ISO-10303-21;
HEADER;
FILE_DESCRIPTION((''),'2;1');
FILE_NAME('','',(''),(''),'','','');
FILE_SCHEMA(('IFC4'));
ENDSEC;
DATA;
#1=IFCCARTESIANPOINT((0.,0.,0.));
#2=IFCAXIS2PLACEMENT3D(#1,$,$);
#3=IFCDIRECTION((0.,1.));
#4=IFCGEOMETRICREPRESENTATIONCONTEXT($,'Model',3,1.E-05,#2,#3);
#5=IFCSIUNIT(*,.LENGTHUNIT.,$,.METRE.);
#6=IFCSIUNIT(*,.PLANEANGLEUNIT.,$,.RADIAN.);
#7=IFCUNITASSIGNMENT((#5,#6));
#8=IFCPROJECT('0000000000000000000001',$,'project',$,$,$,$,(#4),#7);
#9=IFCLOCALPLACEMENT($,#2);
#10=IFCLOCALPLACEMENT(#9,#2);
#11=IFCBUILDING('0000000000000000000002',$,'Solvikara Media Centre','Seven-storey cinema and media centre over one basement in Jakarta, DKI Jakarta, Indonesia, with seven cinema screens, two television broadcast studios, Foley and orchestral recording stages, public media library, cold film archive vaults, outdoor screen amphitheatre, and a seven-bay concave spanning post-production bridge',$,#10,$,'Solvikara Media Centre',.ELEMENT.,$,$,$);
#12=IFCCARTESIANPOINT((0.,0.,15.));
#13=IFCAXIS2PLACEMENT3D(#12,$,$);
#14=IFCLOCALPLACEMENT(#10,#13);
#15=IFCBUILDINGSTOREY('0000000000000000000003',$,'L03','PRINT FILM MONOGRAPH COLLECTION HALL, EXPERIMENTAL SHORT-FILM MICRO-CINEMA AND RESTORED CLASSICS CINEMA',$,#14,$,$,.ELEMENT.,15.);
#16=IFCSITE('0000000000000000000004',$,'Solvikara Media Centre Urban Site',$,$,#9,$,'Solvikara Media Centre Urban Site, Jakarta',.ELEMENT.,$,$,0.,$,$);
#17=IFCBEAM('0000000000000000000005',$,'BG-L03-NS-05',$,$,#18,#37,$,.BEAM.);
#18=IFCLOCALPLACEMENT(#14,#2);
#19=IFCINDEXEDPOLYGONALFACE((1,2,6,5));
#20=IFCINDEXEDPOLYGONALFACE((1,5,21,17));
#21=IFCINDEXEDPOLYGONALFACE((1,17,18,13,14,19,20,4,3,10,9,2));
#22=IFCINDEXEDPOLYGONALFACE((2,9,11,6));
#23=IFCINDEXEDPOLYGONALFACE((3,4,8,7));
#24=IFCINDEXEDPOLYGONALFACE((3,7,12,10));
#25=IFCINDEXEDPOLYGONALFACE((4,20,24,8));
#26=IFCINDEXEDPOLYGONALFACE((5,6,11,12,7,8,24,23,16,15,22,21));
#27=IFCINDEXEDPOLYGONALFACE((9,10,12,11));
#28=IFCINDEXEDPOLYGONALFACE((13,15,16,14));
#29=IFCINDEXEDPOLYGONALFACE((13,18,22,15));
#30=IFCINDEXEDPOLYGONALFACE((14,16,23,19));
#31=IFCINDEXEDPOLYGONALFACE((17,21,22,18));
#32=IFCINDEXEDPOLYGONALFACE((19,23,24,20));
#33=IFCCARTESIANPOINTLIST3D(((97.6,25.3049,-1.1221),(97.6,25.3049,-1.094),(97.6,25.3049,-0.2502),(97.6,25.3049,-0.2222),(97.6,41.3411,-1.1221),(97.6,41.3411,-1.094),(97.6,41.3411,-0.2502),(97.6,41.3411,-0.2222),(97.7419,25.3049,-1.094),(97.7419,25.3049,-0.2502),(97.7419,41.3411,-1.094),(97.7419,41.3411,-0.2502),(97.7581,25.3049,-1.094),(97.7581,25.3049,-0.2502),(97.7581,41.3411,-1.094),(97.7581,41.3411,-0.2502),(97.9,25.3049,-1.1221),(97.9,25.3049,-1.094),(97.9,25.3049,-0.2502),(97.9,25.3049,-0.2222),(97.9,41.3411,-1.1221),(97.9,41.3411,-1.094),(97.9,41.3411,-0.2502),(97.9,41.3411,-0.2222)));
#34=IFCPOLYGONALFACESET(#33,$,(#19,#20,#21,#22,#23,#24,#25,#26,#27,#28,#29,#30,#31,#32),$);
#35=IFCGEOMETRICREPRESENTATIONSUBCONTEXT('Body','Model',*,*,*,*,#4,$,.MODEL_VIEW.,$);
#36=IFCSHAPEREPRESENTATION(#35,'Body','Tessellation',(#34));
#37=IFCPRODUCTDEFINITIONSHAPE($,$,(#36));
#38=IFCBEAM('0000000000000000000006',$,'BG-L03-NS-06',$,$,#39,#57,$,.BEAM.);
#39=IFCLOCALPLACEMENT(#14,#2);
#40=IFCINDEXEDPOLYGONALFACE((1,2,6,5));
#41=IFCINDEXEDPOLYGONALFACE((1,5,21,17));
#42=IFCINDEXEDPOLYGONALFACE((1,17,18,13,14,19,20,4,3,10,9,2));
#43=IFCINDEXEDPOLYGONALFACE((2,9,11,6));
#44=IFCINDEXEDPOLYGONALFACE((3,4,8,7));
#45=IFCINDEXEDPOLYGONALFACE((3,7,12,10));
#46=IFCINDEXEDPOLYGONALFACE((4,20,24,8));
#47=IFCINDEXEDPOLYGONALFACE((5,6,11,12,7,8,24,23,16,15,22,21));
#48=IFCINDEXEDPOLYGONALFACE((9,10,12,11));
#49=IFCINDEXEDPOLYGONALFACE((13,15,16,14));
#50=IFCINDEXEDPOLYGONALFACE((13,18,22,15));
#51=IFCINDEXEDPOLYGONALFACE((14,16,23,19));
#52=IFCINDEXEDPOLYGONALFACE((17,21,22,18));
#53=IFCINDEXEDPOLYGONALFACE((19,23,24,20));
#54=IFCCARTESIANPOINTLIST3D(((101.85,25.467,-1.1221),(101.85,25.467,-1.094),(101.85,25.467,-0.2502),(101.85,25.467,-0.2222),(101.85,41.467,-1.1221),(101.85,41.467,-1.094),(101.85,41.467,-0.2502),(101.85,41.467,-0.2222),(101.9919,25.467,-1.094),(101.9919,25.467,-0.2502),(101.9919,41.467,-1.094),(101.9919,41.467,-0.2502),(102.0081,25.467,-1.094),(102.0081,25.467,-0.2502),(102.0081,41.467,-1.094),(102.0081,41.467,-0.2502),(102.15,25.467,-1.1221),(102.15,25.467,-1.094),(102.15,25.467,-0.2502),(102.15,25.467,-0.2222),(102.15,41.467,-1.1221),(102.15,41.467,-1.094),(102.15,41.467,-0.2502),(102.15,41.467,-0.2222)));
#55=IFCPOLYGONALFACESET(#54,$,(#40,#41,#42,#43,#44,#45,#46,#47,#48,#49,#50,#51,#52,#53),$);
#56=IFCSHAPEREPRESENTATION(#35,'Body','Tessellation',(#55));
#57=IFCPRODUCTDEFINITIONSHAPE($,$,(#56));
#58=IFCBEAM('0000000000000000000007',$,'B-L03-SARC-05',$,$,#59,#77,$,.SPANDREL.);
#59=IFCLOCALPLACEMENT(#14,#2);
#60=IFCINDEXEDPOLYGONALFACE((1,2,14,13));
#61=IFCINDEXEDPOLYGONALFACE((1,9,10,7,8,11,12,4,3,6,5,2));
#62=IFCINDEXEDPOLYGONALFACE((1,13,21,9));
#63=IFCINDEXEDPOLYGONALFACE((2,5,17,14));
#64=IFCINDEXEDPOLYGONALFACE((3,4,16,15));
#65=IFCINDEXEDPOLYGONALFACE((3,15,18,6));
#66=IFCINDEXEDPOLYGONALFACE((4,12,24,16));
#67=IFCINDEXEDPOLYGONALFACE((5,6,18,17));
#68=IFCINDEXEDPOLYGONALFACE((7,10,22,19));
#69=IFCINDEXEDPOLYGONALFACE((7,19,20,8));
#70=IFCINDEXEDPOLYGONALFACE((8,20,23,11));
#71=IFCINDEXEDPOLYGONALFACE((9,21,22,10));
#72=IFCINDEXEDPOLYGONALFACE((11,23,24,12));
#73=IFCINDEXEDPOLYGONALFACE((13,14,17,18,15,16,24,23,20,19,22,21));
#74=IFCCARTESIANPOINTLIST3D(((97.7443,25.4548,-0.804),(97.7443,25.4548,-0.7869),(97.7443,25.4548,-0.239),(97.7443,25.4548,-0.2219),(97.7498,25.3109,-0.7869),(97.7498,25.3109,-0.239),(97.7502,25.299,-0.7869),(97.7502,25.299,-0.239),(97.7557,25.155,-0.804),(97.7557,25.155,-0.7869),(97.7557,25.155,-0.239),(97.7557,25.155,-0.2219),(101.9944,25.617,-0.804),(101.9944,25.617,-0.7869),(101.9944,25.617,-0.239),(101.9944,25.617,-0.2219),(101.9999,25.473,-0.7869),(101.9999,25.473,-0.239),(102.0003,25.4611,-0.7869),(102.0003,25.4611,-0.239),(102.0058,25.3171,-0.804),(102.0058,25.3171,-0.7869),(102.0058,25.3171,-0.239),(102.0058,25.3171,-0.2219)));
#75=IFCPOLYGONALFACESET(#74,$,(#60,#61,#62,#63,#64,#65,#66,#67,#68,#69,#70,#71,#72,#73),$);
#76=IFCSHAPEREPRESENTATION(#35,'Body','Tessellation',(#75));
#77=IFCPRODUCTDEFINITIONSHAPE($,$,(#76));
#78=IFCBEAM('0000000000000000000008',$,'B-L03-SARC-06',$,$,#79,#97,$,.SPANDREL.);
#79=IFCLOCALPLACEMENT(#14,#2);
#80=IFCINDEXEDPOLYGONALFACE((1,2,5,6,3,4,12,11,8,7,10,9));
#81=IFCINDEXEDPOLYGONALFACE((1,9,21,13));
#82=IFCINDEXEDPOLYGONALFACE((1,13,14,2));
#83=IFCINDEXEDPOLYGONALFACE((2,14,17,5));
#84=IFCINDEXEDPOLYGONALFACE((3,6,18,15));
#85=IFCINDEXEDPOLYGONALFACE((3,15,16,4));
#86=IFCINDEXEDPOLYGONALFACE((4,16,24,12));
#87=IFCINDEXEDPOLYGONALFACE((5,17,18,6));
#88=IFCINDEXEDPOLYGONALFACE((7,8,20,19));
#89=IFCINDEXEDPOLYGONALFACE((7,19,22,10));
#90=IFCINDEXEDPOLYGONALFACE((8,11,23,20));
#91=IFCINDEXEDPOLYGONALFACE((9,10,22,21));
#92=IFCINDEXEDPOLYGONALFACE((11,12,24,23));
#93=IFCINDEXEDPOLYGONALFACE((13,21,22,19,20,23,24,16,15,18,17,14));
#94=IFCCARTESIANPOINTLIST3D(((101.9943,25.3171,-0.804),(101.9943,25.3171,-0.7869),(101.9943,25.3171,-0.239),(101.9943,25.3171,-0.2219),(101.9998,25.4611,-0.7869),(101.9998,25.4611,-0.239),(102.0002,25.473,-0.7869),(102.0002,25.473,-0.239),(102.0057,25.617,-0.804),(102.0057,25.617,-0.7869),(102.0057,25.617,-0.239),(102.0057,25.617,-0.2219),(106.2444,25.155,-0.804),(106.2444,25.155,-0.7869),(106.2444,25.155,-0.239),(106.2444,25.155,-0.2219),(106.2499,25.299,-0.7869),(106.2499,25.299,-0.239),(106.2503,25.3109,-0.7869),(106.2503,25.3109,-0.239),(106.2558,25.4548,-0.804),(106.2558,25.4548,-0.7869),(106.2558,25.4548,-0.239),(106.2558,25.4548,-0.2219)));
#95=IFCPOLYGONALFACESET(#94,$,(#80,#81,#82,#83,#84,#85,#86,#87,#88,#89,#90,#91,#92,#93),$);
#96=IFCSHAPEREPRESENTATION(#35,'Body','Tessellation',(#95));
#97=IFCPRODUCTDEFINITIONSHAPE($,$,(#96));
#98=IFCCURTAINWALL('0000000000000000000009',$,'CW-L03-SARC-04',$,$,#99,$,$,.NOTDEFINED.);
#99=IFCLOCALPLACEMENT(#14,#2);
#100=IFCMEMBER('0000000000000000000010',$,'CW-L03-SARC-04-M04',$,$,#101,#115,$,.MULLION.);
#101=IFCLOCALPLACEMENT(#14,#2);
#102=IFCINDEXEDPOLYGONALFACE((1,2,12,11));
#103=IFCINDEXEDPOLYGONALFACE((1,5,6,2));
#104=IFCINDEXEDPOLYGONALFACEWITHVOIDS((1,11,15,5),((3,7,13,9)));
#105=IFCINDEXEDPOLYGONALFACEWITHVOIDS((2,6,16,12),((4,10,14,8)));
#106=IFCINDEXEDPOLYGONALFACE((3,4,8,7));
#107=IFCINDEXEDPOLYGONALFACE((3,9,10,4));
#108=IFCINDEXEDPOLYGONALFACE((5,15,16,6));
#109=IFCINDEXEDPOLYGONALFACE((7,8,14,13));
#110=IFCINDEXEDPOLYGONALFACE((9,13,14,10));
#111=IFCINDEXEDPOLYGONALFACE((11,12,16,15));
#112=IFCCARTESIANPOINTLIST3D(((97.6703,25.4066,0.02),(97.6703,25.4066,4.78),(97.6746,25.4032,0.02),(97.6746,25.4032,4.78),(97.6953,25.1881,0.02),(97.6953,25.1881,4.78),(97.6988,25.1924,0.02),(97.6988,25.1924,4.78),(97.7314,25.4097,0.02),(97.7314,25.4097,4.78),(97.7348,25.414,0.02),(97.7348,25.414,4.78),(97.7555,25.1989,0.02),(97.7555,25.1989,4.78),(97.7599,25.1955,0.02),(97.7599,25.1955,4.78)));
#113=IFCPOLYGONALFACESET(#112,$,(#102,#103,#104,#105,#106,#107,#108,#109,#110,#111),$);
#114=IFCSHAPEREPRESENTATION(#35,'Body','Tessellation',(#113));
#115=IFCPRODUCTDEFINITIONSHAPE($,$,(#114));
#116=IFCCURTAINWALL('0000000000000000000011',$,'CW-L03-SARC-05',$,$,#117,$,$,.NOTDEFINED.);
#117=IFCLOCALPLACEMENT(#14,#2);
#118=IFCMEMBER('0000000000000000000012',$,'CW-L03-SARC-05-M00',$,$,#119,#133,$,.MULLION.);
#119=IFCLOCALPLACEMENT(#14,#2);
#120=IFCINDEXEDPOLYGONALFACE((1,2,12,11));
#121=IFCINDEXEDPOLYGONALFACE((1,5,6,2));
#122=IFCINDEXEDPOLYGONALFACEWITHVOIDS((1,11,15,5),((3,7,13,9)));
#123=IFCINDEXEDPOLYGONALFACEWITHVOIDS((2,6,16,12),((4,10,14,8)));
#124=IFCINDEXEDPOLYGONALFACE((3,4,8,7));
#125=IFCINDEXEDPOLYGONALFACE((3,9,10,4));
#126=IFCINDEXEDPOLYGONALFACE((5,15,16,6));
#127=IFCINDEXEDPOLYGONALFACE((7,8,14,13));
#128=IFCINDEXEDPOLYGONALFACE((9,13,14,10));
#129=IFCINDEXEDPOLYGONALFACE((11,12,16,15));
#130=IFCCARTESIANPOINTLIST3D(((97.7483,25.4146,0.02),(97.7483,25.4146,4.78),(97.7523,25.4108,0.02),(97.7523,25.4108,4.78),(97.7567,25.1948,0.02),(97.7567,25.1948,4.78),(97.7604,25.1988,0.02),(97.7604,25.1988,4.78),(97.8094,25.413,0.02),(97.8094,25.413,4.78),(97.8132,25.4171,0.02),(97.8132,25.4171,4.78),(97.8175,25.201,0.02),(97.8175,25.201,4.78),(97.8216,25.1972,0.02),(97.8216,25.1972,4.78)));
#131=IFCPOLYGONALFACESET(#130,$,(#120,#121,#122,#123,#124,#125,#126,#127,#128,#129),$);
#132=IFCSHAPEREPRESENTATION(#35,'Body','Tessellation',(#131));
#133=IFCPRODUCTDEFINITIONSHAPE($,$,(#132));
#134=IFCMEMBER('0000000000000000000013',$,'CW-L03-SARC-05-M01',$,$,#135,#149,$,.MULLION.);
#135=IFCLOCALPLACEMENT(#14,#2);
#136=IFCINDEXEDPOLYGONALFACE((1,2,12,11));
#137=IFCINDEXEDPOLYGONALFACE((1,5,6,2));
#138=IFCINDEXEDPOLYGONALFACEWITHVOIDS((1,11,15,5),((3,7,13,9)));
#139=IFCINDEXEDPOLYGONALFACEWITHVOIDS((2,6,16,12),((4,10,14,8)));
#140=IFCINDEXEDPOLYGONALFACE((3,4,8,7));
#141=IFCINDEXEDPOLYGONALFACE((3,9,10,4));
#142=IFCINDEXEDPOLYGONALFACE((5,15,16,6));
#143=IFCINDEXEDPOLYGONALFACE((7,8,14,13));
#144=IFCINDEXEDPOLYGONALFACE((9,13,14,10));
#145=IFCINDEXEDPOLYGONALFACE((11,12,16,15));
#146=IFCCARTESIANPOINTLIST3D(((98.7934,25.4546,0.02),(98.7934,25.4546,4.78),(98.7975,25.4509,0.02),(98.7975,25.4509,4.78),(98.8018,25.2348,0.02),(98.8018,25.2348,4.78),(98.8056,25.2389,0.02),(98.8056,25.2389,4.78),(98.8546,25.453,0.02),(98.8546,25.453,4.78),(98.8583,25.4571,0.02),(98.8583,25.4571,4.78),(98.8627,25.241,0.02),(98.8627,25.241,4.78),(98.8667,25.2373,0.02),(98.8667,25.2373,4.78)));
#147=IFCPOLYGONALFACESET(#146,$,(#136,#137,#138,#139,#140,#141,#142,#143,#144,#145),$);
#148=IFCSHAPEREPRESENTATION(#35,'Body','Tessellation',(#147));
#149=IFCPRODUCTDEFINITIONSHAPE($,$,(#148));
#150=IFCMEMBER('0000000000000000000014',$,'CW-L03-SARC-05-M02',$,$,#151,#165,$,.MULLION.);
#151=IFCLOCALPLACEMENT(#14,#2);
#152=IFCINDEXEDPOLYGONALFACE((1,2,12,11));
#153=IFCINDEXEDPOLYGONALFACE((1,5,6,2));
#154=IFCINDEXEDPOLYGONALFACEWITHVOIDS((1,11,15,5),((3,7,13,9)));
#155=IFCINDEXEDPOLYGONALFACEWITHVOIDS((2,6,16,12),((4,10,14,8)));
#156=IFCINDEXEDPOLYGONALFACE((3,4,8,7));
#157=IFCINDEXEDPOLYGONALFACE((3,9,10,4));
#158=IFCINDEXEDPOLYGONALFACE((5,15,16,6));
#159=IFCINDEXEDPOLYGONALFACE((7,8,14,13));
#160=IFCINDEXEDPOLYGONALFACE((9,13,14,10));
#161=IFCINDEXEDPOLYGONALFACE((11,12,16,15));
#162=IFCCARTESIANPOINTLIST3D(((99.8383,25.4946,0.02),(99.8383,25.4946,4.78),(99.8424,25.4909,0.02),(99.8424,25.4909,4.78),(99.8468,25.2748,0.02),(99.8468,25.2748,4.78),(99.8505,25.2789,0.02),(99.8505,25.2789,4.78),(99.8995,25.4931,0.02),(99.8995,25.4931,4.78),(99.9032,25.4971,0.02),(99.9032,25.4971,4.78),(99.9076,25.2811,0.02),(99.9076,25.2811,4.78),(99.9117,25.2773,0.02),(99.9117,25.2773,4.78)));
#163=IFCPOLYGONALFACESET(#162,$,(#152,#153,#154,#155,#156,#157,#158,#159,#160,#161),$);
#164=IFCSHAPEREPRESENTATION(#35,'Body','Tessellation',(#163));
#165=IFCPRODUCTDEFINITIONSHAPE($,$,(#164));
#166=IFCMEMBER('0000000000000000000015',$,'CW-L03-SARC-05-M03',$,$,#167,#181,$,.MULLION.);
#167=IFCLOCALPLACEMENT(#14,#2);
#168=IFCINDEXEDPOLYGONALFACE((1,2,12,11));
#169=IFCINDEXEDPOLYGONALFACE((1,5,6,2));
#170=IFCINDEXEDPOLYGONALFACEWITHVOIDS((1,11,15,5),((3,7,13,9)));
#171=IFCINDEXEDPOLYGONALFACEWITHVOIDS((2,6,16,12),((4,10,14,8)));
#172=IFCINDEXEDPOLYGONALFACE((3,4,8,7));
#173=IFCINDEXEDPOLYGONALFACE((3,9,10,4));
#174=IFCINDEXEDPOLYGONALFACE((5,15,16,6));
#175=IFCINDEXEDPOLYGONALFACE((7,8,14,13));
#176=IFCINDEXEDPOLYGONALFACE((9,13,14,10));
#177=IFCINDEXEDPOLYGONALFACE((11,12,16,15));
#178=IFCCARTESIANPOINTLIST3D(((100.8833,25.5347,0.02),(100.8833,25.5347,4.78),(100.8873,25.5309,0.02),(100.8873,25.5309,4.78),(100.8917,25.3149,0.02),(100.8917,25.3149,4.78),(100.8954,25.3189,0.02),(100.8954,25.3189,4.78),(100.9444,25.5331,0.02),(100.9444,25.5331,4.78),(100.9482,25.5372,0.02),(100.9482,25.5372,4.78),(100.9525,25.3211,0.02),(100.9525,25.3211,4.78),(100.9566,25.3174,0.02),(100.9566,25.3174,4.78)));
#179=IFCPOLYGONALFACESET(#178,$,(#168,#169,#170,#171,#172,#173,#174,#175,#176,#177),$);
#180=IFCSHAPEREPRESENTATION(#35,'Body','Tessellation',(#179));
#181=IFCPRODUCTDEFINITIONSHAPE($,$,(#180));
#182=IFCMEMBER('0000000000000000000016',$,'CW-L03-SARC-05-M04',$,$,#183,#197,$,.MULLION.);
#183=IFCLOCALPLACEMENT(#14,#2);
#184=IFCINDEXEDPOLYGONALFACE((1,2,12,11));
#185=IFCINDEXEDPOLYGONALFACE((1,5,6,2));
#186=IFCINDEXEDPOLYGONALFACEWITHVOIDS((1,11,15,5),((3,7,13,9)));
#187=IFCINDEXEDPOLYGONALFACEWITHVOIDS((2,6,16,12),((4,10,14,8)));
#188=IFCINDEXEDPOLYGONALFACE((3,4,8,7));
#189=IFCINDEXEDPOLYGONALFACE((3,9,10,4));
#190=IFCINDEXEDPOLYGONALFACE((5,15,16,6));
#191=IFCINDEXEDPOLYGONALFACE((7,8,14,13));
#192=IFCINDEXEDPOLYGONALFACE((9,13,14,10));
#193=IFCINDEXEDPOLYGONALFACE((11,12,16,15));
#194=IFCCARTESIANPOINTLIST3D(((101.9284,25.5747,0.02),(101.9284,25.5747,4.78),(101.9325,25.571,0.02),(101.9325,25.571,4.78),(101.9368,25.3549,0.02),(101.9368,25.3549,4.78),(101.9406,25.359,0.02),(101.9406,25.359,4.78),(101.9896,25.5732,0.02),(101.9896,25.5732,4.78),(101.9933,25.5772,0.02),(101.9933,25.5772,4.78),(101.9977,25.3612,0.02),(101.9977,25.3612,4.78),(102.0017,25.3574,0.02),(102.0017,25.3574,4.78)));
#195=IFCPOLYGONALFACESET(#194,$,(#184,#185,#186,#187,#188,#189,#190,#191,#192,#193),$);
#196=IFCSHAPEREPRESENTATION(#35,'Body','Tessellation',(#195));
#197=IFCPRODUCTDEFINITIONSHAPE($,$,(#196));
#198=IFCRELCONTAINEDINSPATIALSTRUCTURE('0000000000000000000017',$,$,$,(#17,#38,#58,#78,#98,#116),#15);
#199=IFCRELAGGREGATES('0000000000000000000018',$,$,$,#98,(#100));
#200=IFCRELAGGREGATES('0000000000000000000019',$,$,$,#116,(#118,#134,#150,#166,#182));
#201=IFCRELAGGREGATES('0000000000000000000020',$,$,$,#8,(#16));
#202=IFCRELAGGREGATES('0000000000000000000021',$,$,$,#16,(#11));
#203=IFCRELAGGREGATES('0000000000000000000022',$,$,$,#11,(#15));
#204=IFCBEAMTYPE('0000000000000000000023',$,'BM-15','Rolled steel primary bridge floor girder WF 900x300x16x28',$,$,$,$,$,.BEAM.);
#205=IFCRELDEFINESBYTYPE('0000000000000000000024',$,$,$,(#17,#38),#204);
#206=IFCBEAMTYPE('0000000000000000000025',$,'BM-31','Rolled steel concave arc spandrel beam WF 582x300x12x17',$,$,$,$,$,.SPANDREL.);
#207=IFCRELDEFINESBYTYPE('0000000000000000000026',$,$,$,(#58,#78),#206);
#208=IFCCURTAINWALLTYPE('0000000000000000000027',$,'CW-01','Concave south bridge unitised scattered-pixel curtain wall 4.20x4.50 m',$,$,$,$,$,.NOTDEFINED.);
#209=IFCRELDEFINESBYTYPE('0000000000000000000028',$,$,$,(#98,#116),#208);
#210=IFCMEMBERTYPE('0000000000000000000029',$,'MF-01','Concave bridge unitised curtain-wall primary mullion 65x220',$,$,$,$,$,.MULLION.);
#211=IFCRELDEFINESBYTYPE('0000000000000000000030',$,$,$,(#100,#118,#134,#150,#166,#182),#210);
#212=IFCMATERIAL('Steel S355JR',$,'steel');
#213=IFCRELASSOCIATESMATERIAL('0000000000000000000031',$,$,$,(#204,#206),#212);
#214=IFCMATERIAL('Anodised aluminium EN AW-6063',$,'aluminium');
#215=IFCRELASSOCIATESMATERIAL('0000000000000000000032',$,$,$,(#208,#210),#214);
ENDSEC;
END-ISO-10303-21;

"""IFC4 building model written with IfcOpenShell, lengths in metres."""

from ifc_helpers import new_model, si_unit, direction, frame, origin, origin_2d, place, context, subcontext, project, spatial, hollow_rectangle, i_section, extrude, material, material_profile, profile_set, type_object, element, aggregate, save


model = new_model("IFC4")

# Units and contexts
model_context = context("Model", 3, precision=1e-05, world=origin(), true_north=direction((0.0, 1.0)))
body_context = subcontext(model_context, "Body", "Model", "MODEL_VIEW")
ifc_project = project(units=[si_unit("LENGTHUNIT", "METRE"), si_unit("PLANEANGLEUNIT", "RADIAN")], contexts=[model_context])

# Site, building, storey
site_placement = place(None, origin())
site = spatial("IfcSite", under=ifc_project, at=site_placement, Name="Solvikara Media Centre Urban Site", LongName="Solvikara Media Centre Urban Site, Jakarta", CompositionType="ELEMENT", RefElevation=0.0)
building_placement = place(site_placement, origin())
building = spatial("IfcBuilding", under=site, at=building_placement, Name="Solvikara Media Centre", Description="Seven-storey cinema and media centre over one basement in Jakarta, DKI Jakarta, Indonesia, with seven cinema screens, two television broadcast studios, Foley and orchestral recording stages, public media library, cold film archive vaults, outdoor screen amphitheatre, and a seven-bay concave spanning post-production bridge", LongName="Solvikara Media Centre", CompositionType="ELEMENT")
storey_placement = place(building_placement, frame((0.0, 0.0, 15.0)))
storey = spatial("IfcBuildingStorey", under=building, at=storey_placement, Name="L03", Description="PRINT FILM MONOGRAPH COLLECTION HALL, EXPERIMENTAL SHORT-FILM MICRO-CINEMA AND RESTORED CLASSICS CINEMA", CompositionType="ELEMENT", Elevation=15.0)

# Beams
ifc_material_1 = material(Name="Steel S355JR", Category="steel")
ifc_material_profile_1 = material_profile(ifc_material_1, i_section(OverallWidth=0.3, OverallDepth=0.8999, WebThickness=0.0161, FlangeThickness=0.0281, at=origin_2d()), Name="WF 900x300x16x28")
ifc_profile_set_1 = profile_set([ifc_material_profile_1], Name="Steel S355JR")
beam_type_1 = type_object("IfcBeamType", Name="BM-15", Description="Rolled steel primary bridge floor girder WF 900x300x16x28", PredefinedType="BEAM", material=ifc_profile_set_1)
beam_1_placement = place(storey_placement, frame((97.75, 25.3049, -0.6721), z_axis=(0.0, 1.0, 0.0), x_axis=(-1.0, 0.0, 0.0)))
element("IfcBeam", 1, at=beam_1_placement, inside=storey, type_object=beam_type_1, Name="BG-L03-NS-05", PredefinedType="BEAM", context=body_context, shape_type="SweptSolid", body=[
    extrude(i_section(OverallWidth=0.3, OverallDepth=0.8999, WebThickness=0.0161, FlangeThickness=0.0281, at=origin_2d()), origin(), (0.0, 0.0, 1.0), 16.0361),
])
beam_2_placement = place(storey_placement, frame((102.0, 25.467, -0.6721), z_axis=(0.0, 1.0, 0.0), x_axis=(-1.0, 0.0, 0.0)))
element("IfcBeam", 2, at=beam_2_placement, inside=storey, type_object=beam_type_1, Name="BG-L03-NS-06", PredefinedType="BEAM", context=body_context, shape_type="SweptSolid", body=[
    extrude(i_section(OverallWidth=0.3, OverallDepth=0.8999, WebThickness=0.0161, FlangeThickness=0.0281, at=origin_2d()), origin(), (0.0, 0.0, 1.0), 16.0),
])
ifc_material_profile_2 = material_profile(ifc_material_1, i_section(OverallWidth=0.3, OverallDepth=0.582, WebThickness=0.012, FlangeThickness=0.0171, at=origin_2d()), Name="WF 582x300x12x17")
ifc_profile_set_2 = profile_set([ifc_material_profile_2], Name="Steel S355JR")
beam_type_2 = type_object("IfcBeamType", Name="BM-31", Description="Rolled steel concave arc spandrel beam WF 582x300x12x17", PredefinedType="SPANDREL", material=ifc_profile_set_2)
for number, where, z_axis, x_axis, name in (
    (3, (97.75, 25.3049, -0.5129), (0.999273, 0.038116, 0.0), (-0.038116, 0.999273, 0.0), "B-L03-SARC-05"),
    (4, (102.0, 25.467, -0.5129), (0.999273, -0.038116, 0.0), (0.038116, 0.999273, 0.0), "B-L03-SARC-06"),
):
    element("IfcBeam", number, at=place(storey_placement, frame(where, z_axis=z_axis, x_axis=x_axis)), inside=storey, type_object=beam_type_2, Name=name, PredefinedType="SPANDREL", context=body_context, shape_type="SweptSolid", body=[
        extrude(i_section(OverallWidth=0.3, OverallDepth=0.582, WebThickness=0.012, FlangeThickness=0.0171, at=origin_2d()), origin(), (0.0, 0.0, 1.0), 4.2532),
    ])

# Curtain wall, member
ifc_material_2 = material(Name="Anodised aluminium EN AW-6063", Category="aluminium")
curtain_wall_type = type_object("IfcCurtainWallType", Name="CW-01", Description="Concave south bridge unitised scattered-pixel curtain wall 4.20x4.50 m", PredefinedType="NOTDEFINED", material=ifc_material_2)
curtain_wall_1_placement = place(storey_placement, origin())
curtain_wall_1 = element("IfcCurtainWall", 5, at=curtain_wall_1_placement, inside=storey, type_object=curtain_wall_type, Name="CW-L03-SARC-04", PredefinedType="NOTDEFINED")
ifc_material_profile_3 = material_profile(ifc_material_2, hollow_rectangle(XDim=0.0649, YDim=0.22, WallThickness=0.0039, at=origin_2d()), Name="ALU-M 65x220x4")
ifc_profile_set_3 = profile_set([ifc_material_profile_3], Name="Anodised aluminium EN AW-6063")
member_type_1 = type_object("IfcMemberType", Name="MF-01", Description="Concave bridge unitised curtain-wall primary mullion 65x220", PredefinedType="MULLION", material=ifc_profile_set_3)
member_1_placement = place(storey_placement, frame((97.7151, 25.301, 0.02), z_axis=(0.0, 0.0, 1.0), x_axis=(0.993499, 0.113845, 0.0)))
member_1 = element("IfcMember", 6, at=member_1_placement, type_object=member_type_1, Name="CW-L03-SARC-04-M04", PredefinedType="MULLION", context=body_context, shape_type="SweptSolid", body=[
    extrude(hollow_rectangle(XDim=0.0649, YDim=0.22, WallThickness=0.0039, at=origin_2d()), origin(), (0.0, 0.0, 1.0), 4.76),
])

# Curtain wall, members
curtain_wall_2_placement = place(storey_placement, origin())
curtain_wall_2 = element("IfcCurtainWall", 7, at=curtain_wall_2_placement, inside=storey, type_object=curtain_wall_type, Name="CW-L03-SARC-05", PredefinedType="NOTDEFINED")
member_2_placement = place(storey_placement, frame((97.7849, 25.3059, 0.02), z_axis=(0.0, 0.0, 1.0), x_axis=(0.999268, 0.038248, 0.0)))
member_2 = element("IfcMember", 8, at=member_2_placement, type_object=member_type_1, Name="CW-L03-SARC-05-M00", PredefinedType="MULLION", context=body_context, shape_type="SweptSolid", body=[
    extrude(hollow_rectangle(XDim=0.0649, YDim=0.22, WallThickness=0.0039, at=origin_2d()), origin(), (0.0, 0.0, 1.0), 4.76),
])
member_3_placement = place(storey_placement, frame((98.8301, 25.3459, 0.02), z_axis=(0.0, 0.0, 1.0), x_axis=(0.999268, 0.038248, 0.0)))
member_3 = element("IfcMember", 9, at=member_3_placement, type_object=member_type_1, Name="CW-L03-SARC-05-M01", PredefinedType="MULLION", context=body_context, shape_type="SweptSolid", body=[
    extrude(hollow_rectangle(XDim=0.0649, YDim=0.22, WallThickness=0.0039, at=origin_2d()), origin(), (0.0, 0.0, 1.0), 4.76),
])
member_4_placement = place(storey_placement, frame((99.875, 25.386, 0.02), z_axis=(0.0, 0.0, 1.0), x_axis=(0.999268, 0.038248, 0.0)))
member_4 = element("IfcMember", 10, at=member_4_placement, type_object=member_type_1, Name="CW-L03-SARC-05-M02", PredefinedType="MULLION", context=body_context, shape_type="SweptSolid", body=[
    extrude(hollow_rectangle(XDim=0.0649, YDim=0.22, WallThickness=0.0039, at=origin_2d()), origin(), (0.0, 0.0, 1.0), 4.76),
])
member_5_placement = place(storey_placement, frame((100.9199, 25.426, 0.02), z_axis=(0.0, 0.0, 1.0), x_axis=(0.999268, 0.038248, 0.0)))
member_5 = element("IfcMember", 11, at=member_5_placement, type_object=member_type_1, Name="CW-L03-SARC-05-M03", PredefinedType="MULLION", context=body_context, shape_type="SweptSolid", body=[
    extrude(hollow_rectangle(XDim=0.0649, YDim=0.22, WallThickness=0.0039, at=origin_2d()), origin(), (0.0, 0.0, 1.0), 4.76),
])
member_6_placement = place(storey_placement, frame((101.9651, 25.4661, 0.02), z_axis=(0.0, 0.0, 1.0), x_axis=(0.999268, 0.038248, 0.0)))
member_6 = element("IfcMember", 12, at=member_6_placement, type_object=member_type_1, Name="CW-L03-SARC-05-M04", PredefinedType="MULLION", context=body_context, shape_type="SweptSolid", body=[
    extrude(hollow_rectangle(XDim=0.0649, YDim=0.22, WallThickness=0.0039, at=origin_2d()), origin(), (0.0, 0.0, 1.0), 4.76),
])

aggregate(curtain_wall_1, [member_1])
aggregate(curtain_wall_2, [member_2, member_3, member_4, member_5, member_6])

save(model, "model.ifc")
